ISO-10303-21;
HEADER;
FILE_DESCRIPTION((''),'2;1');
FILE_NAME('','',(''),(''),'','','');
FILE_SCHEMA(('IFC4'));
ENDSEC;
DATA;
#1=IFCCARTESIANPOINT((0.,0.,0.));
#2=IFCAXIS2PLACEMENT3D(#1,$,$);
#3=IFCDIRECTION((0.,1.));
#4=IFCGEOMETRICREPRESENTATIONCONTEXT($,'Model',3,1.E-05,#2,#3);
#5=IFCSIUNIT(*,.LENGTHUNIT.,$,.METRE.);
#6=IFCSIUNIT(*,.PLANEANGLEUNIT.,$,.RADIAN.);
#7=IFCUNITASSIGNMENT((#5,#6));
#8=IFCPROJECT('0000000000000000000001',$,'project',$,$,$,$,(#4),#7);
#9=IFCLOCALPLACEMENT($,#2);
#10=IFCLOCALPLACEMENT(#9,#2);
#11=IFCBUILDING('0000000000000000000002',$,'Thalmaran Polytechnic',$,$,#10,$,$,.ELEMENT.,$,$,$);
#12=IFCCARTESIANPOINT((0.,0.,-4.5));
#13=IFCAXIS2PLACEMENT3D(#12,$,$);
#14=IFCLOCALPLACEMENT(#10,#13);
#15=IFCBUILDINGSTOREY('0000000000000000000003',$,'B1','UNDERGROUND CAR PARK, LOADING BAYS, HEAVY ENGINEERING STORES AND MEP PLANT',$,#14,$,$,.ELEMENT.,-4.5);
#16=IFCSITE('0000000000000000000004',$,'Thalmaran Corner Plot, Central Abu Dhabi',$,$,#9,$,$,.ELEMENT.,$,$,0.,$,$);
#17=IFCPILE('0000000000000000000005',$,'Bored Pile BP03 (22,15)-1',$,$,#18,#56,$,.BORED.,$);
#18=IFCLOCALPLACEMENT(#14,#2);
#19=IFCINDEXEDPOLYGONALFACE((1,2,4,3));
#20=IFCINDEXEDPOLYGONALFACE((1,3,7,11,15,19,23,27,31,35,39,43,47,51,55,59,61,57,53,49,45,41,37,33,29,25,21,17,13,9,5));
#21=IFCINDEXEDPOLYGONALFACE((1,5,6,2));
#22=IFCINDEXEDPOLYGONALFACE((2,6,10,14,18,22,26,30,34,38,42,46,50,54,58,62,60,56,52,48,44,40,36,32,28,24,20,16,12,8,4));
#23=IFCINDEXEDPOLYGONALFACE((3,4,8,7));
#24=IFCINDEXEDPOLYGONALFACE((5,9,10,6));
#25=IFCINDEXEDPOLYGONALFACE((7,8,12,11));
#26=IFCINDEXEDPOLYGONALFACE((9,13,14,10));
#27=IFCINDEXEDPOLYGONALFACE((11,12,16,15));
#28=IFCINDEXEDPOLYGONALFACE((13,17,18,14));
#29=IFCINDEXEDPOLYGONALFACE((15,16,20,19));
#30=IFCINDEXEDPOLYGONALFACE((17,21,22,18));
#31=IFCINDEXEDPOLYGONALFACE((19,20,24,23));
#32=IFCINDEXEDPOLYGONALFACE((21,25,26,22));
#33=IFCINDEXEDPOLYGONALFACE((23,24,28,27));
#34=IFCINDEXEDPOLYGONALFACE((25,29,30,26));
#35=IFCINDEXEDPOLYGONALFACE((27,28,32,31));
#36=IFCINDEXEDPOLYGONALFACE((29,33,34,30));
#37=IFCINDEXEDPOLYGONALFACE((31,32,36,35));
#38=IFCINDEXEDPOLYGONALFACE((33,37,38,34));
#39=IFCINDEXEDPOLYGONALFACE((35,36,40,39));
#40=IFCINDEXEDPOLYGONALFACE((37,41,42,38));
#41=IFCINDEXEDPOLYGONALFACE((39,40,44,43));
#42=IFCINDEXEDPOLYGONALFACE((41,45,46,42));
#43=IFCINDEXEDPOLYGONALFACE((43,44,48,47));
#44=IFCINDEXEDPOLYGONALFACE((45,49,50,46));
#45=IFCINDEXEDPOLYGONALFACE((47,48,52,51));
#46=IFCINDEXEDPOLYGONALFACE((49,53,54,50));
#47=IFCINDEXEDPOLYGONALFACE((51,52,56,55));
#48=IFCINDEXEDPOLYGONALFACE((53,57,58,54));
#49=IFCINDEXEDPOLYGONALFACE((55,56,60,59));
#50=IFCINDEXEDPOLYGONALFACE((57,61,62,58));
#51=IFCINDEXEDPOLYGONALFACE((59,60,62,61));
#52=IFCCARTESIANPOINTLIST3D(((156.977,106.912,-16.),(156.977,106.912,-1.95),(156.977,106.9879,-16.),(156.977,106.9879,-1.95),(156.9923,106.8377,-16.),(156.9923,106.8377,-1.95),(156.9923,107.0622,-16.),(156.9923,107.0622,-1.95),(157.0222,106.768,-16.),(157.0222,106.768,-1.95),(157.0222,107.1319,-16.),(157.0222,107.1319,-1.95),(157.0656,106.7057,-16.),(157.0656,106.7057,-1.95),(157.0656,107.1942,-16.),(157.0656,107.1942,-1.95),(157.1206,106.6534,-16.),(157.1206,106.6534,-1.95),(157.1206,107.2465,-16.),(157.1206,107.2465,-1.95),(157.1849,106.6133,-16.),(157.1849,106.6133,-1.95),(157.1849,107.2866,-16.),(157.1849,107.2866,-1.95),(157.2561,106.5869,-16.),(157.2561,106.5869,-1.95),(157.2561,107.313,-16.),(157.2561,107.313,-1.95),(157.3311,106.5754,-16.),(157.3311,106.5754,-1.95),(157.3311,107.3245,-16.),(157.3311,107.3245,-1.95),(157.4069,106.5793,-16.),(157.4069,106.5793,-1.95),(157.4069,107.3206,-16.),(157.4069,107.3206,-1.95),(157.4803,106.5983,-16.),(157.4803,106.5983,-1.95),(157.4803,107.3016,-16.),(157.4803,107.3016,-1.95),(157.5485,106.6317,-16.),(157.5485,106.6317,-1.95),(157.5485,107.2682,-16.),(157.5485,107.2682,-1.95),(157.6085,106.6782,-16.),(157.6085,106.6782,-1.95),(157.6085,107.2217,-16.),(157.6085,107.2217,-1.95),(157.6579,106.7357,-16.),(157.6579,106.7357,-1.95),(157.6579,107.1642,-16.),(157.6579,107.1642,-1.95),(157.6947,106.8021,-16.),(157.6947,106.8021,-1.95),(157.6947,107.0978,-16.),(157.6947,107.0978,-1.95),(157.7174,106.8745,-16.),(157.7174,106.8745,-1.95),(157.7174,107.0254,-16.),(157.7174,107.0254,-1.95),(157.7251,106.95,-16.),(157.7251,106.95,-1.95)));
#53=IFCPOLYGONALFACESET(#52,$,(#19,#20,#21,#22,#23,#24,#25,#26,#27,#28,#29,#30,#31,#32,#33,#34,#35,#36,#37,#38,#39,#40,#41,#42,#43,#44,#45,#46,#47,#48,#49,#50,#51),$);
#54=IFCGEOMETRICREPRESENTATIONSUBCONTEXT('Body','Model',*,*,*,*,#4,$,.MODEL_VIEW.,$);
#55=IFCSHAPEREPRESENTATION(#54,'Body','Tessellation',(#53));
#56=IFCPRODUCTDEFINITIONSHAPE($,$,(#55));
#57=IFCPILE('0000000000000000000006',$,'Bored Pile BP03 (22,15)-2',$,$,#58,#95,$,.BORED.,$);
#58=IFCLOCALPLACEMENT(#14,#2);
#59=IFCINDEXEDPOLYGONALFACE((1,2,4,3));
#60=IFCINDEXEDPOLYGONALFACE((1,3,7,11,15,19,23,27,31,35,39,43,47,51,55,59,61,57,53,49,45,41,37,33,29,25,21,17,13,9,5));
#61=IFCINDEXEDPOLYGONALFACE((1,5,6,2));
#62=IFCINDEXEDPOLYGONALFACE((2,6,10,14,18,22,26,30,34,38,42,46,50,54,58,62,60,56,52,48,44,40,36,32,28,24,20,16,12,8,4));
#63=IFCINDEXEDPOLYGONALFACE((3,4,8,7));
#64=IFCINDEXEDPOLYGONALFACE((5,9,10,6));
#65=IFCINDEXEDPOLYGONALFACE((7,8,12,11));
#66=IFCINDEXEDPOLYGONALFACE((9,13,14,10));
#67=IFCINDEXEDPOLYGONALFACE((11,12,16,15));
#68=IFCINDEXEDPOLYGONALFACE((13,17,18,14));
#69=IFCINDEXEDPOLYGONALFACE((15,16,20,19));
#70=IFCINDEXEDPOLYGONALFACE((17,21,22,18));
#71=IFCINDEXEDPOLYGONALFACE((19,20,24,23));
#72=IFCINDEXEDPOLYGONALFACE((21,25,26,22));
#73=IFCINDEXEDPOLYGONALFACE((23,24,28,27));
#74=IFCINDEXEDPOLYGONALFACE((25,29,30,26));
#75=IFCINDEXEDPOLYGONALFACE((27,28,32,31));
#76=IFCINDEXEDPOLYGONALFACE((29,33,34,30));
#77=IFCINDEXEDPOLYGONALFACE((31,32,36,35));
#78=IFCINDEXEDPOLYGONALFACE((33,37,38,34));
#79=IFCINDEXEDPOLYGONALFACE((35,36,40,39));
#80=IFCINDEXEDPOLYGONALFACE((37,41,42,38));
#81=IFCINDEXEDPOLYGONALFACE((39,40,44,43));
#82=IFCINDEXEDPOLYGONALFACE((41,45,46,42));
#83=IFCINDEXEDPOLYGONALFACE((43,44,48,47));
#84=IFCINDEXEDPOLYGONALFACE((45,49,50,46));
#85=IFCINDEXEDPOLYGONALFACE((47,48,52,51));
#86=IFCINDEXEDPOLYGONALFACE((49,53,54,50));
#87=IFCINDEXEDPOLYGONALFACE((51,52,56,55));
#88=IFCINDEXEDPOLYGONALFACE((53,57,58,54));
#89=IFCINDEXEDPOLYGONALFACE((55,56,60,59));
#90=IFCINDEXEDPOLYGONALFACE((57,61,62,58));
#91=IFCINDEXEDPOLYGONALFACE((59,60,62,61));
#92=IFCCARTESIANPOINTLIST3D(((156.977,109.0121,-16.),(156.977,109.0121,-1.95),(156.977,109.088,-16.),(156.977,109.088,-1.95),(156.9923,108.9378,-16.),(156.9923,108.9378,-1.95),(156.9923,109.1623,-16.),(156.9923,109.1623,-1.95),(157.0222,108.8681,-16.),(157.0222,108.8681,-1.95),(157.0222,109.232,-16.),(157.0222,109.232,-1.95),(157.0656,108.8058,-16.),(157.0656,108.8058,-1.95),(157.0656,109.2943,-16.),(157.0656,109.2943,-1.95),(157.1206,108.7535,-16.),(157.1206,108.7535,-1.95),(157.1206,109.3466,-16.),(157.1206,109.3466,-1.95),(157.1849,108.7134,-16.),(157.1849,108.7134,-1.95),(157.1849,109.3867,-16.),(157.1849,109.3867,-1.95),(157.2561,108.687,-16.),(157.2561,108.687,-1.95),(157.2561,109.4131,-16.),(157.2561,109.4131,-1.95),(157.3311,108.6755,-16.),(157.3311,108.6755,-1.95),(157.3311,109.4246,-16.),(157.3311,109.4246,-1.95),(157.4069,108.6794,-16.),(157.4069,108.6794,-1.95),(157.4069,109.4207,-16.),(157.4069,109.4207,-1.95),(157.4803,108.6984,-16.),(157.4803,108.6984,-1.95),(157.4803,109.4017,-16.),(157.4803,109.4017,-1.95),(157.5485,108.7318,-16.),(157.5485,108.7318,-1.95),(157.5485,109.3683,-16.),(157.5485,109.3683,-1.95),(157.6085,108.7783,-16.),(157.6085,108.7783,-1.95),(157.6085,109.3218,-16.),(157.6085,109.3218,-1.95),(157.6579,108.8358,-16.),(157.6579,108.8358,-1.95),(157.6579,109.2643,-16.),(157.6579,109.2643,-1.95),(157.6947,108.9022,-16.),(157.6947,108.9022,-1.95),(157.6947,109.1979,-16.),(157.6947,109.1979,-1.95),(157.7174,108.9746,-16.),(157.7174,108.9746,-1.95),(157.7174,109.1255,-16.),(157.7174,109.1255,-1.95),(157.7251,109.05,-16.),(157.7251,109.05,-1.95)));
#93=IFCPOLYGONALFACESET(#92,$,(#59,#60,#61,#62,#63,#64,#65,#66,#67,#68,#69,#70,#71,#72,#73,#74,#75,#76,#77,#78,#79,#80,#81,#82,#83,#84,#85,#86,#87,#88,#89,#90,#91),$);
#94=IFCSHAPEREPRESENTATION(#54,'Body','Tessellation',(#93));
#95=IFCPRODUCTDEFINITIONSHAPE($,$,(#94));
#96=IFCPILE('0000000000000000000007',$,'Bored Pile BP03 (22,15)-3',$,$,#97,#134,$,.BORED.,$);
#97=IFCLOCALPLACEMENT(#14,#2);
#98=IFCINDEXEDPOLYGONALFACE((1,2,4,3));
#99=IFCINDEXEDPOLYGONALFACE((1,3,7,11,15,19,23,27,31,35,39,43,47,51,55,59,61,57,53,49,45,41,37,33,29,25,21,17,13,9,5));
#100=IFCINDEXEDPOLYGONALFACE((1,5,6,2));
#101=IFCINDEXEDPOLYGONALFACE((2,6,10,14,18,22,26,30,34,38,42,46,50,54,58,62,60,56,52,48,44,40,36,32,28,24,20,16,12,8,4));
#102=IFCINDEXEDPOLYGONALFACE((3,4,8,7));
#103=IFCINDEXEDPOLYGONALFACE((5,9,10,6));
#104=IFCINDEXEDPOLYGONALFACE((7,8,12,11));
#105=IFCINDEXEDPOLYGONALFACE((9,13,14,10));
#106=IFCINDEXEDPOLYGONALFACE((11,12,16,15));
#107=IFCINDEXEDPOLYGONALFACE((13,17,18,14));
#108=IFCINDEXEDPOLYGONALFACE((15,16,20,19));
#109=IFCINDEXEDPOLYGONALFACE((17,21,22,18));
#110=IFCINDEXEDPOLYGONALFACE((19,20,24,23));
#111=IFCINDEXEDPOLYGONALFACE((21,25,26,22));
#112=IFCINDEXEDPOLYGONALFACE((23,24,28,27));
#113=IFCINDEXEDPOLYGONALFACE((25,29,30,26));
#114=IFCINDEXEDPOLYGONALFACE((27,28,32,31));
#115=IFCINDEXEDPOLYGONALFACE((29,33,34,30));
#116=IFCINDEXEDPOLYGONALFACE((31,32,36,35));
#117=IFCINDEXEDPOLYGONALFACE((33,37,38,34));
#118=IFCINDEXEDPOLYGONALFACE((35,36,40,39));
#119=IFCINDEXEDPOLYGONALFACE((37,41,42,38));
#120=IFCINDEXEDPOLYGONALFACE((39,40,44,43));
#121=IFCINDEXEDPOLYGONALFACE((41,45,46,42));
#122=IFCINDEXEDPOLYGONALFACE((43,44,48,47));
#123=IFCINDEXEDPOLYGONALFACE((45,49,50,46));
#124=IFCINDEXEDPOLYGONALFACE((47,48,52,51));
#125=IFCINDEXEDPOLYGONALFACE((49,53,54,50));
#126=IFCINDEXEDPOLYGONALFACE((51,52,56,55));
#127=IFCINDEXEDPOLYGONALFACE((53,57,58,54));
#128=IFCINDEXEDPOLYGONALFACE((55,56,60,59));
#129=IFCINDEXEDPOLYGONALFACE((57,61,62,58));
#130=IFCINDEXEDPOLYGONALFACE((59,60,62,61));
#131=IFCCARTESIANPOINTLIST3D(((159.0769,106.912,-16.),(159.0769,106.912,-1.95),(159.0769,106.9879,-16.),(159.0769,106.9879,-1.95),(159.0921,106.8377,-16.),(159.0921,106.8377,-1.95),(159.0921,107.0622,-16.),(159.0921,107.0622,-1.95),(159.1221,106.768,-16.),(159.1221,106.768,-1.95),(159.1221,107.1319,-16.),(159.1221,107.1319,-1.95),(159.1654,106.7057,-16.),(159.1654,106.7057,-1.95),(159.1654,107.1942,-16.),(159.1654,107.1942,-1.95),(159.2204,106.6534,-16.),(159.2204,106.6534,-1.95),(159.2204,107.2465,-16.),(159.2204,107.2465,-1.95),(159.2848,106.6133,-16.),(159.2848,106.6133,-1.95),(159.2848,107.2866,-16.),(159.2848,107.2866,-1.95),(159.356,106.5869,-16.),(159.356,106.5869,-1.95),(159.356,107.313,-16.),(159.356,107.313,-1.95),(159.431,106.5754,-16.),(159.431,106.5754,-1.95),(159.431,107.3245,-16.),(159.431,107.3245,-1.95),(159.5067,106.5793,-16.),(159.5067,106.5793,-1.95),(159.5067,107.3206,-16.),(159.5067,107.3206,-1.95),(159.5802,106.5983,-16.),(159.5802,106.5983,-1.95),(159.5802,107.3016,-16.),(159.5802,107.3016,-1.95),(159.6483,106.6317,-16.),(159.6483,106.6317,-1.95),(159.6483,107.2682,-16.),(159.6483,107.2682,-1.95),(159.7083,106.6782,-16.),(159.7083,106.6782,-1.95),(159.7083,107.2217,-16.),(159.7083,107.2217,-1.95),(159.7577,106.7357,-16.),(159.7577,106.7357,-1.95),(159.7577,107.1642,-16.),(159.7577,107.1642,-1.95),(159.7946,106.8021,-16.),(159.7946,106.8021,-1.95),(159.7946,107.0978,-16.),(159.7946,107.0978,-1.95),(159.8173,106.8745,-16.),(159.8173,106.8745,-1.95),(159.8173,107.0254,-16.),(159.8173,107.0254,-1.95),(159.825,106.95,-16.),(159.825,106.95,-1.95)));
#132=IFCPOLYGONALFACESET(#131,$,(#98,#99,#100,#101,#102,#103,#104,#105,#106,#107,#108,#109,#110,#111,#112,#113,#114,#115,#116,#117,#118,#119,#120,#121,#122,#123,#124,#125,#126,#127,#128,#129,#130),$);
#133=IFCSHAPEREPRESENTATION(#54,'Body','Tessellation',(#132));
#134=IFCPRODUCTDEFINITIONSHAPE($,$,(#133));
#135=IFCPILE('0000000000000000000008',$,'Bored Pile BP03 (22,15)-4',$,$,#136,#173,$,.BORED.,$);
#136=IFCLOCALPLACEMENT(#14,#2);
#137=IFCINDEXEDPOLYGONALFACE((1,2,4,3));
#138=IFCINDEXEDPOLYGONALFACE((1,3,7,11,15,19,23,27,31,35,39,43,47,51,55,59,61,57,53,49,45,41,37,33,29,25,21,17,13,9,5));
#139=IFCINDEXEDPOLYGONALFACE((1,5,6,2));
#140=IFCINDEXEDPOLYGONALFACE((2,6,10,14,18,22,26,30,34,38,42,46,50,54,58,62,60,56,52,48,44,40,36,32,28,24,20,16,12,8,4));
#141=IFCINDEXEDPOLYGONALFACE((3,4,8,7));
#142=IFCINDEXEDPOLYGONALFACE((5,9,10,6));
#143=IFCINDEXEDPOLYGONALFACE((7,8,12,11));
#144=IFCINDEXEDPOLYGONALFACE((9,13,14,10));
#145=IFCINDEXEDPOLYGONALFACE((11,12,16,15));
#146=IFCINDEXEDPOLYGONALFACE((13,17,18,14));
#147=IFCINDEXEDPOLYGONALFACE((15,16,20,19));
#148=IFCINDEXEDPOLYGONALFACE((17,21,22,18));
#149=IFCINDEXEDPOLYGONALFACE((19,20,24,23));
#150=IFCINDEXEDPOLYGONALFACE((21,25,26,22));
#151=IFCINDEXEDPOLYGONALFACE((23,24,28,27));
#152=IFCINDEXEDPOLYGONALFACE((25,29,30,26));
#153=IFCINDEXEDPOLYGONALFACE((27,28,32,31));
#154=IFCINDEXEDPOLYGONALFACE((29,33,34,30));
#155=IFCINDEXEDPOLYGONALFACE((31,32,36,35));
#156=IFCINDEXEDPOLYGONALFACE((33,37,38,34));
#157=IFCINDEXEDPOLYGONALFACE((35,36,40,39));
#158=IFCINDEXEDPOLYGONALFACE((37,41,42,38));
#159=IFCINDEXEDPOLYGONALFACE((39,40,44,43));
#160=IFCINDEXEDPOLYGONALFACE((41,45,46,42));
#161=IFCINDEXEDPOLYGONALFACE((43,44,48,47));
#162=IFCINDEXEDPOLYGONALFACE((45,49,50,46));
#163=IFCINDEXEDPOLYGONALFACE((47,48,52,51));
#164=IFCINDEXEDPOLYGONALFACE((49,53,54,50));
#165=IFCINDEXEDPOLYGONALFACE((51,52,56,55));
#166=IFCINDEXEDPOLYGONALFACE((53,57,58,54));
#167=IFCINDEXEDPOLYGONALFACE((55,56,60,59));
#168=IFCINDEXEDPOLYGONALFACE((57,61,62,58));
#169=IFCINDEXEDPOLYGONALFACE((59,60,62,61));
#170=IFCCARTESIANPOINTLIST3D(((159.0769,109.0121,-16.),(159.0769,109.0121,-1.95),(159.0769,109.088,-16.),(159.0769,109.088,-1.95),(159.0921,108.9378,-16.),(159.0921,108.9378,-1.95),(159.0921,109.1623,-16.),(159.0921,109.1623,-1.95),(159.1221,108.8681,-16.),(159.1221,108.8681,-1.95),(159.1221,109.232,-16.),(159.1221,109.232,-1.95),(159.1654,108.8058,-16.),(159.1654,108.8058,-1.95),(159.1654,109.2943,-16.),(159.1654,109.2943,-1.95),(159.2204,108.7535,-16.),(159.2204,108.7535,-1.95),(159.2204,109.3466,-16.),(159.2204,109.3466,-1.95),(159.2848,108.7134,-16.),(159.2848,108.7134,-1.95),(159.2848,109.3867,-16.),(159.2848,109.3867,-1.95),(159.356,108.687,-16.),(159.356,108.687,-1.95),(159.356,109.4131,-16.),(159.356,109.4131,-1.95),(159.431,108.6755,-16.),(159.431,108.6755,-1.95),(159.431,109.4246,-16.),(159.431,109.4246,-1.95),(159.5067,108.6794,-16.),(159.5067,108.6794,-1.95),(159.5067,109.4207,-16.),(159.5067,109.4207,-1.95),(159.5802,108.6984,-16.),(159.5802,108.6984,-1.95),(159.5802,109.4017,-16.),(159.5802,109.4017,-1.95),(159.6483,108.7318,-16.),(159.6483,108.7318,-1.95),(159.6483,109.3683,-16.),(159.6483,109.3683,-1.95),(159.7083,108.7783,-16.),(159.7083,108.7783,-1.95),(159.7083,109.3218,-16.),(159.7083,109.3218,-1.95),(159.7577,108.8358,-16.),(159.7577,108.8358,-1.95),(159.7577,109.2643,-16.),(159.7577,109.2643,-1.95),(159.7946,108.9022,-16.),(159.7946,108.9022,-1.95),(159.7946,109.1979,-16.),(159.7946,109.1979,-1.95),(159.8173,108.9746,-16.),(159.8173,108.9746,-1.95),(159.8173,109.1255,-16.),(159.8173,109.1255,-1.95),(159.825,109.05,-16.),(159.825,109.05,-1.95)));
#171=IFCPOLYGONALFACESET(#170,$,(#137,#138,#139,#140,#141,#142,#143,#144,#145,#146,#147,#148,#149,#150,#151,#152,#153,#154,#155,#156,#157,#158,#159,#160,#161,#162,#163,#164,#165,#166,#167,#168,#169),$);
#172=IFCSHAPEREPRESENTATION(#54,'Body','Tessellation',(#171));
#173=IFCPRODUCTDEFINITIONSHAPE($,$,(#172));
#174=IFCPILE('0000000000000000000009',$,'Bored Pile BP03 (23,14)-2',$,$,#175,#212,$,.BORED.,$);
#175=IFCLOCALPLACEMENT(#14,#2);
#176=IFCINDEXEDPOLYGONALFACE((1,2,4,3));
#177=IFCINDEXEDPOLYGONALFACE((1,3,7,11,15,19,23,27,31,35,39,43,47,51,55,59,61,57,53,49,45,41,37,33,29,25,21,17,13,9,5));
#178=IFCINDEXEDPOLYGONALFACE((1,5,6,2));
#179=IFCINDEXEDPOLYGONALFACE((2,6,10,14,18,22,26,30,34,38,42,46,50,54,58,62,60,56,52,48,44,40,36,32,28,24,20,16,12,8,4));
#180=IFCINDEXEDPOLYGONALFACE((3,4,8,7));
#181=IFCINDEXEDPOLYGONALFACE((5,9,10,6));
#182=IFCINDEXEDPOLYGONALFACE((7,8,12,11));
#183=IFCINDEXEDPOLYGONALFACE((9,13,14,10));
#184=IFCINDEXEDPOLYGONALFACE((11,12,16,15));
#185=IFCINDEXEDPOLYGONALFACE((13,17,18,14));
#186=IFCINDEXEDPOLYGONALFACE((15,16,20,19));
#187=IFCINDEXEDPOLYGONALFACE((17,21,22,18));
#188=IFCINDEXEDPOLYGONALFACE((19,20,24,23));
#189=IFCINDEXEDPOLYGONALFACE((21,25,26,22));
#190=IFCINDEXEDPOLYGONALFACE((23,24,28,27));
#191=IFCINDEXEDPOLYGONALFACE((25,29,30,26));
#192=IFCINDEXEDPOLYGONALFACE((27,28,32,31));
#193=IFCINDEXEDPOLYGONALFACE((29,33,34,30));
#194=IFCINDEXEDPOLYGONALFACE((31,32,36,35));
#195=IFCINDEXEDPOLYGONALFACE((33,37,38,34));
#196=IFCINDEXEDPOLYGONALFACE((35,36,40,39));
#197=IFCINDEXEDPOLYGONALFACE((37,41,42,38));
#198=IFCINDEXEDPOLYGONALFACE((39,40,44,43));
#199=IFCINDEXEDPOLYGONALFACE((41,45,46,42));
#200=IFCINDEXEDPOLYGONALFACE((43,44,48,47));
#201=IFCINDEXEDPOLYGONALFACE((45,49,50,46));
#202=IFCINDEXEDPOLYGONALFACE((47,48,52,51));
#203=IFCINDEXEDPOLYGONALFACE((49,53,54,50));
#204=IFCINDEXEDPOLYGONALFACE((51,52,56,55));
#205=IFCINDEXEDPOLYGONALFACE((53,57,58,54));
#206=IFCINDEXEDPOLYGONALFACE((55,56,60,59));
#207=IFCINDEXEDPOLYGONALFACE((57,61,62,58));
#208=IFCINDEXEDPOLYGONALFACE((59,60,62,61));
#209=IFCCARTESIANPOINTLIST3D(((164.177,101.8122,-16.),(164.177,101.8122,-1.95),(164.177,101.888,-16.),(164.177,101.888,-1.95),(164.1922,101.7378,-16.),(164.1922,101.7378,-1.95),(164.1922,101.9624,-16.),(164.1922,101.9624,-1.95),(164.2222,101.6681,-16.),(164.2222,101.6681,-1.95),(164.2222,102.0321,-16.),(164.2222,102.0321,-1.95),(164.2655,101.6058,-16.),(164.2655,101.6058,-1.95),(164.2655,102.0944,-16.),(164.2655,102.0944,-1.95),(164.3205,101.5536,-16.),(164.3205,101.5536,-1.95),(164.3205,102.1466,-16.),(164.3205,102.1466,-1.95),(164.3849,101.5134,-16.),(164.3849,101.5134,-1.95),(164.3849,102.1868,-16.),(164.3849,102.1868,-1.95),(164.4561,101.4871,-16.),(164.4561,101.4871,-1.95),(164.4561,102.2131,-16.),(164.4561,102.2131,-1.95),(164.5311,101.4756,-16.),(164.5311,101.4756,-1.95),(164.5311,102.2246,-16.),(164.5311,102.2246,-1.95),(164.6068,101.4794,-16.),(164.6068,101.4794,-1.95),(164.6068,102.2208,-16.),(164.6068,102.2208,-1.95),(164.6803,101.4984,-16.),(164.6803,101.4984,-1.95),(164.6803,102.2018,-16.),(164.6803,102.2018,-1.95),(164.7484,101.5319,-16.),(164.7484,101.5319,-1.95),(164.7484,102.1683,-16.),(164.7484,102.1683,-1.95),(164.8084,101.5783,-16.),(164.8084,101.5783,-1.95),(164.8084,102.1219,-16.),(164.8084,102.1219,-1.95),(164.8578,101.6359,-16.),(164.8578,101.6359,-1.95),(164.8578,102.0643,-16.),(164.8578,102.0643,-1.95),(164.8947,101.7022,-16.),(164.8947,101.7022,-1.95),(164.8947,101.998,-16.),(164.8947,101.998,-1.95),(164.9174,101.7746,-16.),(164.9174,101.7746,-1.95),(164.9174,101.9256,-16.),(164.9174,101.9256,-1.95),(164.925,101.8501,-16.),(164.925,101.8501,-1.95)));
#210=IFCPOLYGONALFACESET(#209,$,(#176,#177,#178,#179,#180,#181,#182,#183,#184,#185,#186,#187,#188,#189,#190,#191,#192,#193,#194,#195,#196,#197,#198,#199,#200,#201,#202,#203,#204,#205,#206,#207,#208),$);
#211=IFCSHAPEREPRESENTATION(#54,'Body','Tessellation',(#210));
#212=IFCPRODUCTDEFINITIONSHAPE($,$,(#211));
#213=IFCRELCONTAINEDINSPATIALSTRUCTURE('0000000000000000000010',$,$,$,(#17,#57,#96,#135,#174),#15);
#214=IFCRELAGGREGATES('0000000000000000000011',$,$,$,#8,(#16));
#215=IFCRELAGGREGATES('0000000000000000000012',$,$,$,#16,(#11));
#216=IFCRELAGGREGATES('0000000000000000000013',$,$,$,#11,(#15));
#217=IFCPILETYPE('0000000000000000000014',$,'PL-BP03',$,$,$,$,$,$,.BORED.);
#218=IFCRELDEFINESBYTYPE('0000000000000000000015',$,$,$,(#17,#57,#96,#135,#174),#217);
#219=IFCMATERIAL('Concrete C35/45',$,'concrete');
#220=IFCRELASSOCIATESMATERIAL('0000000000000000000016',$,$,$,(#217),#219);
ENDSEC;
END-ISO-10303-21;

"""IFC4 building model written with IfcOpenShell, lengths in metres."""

from ifc_helpers import new_model, si_unit, direction, frame, origin, origin_2d, place, context, subcontext, project, spatial, circle, extrude, material, material_profile, profile_set, type_object, element, save


model = new_model("IFC4")

# Units and contexts
model_context = context("Model", 3, precision=1e-05, world=origin(), true_north=direction((0.0, 1.0)))
body_context = subcontext(model_context, "Body", "Model", "MODEL_VIEW")
ifc_project = project(units=[si_unit("LENGTHUNIT", "METRE"), si_unit("PLANEANGLEUNIT", "RADIAN")], contexts=[model_context])

# Site, building, storey
site_placement = place(None, origin())
site = spatial("IfcSite", under=ifc_project, at=site_placement, Name="Thalmaran Corner Plot, Central Abu Dhabi", CompositionType="ELEMENT", RefElevation=0.0)
building_placement = place(site_placement, origin())
building = spatial("IfcBuilding", under=site, at=building_placement, Name="Thalmaran Polytechnic", CompositionType="ELEMENT")
storey_placement = place(building_placement, frame((0.0, 0.0, -4.5)))
storey = spatial("IfcBuildingStorey", under=building, at=storey_placement, Name="B1", Description="UNDERGROUND CAR PARK, LOADING BAYS, HEAVY ENGINEERING STORES AND MEP PLANT", CompositionType="ELEMENT", Elevation=-4.5)

# Piles
ifc_material_1 = material(Name="Concrete C35/45", Category="concrete")
ifc_material_profile_1 = material_profile(ifc_material_1, circle(Radius=0.375, at=origin_2d()), Name="RC 750 DIA")
ifc_profile_set_1 = profile_set([ifc_material_profile_1], Name="Concrete C35/45")
pile_type = type_object("IfcPileType", Name="PL-BP03", PredefinedType="BORED", material=ifc_profile_set_1)
for number, where, z_axis, x_axis, name in (
    (1, (157.3501, 106.95, -1.95), (0.0, 0.0, -1.0), (1.0, 0.0, 0.0), "Bored Pile BP03 (22,15)-1"),
    (2, (157.3501, 109.05, -1.95), (0.0, 0.0, -1.0), (1.0, 0.0, 0.0), "Bored Pile BP03 (22,15)-2"),
    (3, (159.45, 106.95, -1.95), (0.0, 0.0, -1.0), (1.0, 0.0, 0.0), "Bored Pile BP03 (22,15)-3"),
    (4, (159.45, 109.05, -1.95), (0.0, 0.0, -1.0), (1.0, 0.0, 0.0), "Bored Pile BP03 (22,15)-4"),
    (5, (164.55, 101.8501, -1.95), (0.0, 0.0, -1.0), (1.0, 0.0, 0.0), "Bored Pile BP03 (23,14)-2"),
):
    element("IfcPile", number, at=place(storey_placement, frame(where, z_axis=z_axis, x_axis=x_axis)), inside=storey, type_object=pile_type, Name=name, PredefinedType="BORED", context=body_context, shape_type="SweptSolid", body=[
        extrude(circle(Radius=0.375, at=origin_2d()), origin(), (0.0, 0.0, 1.0), 14.05),
    ])

save(model, "model.ifc")
